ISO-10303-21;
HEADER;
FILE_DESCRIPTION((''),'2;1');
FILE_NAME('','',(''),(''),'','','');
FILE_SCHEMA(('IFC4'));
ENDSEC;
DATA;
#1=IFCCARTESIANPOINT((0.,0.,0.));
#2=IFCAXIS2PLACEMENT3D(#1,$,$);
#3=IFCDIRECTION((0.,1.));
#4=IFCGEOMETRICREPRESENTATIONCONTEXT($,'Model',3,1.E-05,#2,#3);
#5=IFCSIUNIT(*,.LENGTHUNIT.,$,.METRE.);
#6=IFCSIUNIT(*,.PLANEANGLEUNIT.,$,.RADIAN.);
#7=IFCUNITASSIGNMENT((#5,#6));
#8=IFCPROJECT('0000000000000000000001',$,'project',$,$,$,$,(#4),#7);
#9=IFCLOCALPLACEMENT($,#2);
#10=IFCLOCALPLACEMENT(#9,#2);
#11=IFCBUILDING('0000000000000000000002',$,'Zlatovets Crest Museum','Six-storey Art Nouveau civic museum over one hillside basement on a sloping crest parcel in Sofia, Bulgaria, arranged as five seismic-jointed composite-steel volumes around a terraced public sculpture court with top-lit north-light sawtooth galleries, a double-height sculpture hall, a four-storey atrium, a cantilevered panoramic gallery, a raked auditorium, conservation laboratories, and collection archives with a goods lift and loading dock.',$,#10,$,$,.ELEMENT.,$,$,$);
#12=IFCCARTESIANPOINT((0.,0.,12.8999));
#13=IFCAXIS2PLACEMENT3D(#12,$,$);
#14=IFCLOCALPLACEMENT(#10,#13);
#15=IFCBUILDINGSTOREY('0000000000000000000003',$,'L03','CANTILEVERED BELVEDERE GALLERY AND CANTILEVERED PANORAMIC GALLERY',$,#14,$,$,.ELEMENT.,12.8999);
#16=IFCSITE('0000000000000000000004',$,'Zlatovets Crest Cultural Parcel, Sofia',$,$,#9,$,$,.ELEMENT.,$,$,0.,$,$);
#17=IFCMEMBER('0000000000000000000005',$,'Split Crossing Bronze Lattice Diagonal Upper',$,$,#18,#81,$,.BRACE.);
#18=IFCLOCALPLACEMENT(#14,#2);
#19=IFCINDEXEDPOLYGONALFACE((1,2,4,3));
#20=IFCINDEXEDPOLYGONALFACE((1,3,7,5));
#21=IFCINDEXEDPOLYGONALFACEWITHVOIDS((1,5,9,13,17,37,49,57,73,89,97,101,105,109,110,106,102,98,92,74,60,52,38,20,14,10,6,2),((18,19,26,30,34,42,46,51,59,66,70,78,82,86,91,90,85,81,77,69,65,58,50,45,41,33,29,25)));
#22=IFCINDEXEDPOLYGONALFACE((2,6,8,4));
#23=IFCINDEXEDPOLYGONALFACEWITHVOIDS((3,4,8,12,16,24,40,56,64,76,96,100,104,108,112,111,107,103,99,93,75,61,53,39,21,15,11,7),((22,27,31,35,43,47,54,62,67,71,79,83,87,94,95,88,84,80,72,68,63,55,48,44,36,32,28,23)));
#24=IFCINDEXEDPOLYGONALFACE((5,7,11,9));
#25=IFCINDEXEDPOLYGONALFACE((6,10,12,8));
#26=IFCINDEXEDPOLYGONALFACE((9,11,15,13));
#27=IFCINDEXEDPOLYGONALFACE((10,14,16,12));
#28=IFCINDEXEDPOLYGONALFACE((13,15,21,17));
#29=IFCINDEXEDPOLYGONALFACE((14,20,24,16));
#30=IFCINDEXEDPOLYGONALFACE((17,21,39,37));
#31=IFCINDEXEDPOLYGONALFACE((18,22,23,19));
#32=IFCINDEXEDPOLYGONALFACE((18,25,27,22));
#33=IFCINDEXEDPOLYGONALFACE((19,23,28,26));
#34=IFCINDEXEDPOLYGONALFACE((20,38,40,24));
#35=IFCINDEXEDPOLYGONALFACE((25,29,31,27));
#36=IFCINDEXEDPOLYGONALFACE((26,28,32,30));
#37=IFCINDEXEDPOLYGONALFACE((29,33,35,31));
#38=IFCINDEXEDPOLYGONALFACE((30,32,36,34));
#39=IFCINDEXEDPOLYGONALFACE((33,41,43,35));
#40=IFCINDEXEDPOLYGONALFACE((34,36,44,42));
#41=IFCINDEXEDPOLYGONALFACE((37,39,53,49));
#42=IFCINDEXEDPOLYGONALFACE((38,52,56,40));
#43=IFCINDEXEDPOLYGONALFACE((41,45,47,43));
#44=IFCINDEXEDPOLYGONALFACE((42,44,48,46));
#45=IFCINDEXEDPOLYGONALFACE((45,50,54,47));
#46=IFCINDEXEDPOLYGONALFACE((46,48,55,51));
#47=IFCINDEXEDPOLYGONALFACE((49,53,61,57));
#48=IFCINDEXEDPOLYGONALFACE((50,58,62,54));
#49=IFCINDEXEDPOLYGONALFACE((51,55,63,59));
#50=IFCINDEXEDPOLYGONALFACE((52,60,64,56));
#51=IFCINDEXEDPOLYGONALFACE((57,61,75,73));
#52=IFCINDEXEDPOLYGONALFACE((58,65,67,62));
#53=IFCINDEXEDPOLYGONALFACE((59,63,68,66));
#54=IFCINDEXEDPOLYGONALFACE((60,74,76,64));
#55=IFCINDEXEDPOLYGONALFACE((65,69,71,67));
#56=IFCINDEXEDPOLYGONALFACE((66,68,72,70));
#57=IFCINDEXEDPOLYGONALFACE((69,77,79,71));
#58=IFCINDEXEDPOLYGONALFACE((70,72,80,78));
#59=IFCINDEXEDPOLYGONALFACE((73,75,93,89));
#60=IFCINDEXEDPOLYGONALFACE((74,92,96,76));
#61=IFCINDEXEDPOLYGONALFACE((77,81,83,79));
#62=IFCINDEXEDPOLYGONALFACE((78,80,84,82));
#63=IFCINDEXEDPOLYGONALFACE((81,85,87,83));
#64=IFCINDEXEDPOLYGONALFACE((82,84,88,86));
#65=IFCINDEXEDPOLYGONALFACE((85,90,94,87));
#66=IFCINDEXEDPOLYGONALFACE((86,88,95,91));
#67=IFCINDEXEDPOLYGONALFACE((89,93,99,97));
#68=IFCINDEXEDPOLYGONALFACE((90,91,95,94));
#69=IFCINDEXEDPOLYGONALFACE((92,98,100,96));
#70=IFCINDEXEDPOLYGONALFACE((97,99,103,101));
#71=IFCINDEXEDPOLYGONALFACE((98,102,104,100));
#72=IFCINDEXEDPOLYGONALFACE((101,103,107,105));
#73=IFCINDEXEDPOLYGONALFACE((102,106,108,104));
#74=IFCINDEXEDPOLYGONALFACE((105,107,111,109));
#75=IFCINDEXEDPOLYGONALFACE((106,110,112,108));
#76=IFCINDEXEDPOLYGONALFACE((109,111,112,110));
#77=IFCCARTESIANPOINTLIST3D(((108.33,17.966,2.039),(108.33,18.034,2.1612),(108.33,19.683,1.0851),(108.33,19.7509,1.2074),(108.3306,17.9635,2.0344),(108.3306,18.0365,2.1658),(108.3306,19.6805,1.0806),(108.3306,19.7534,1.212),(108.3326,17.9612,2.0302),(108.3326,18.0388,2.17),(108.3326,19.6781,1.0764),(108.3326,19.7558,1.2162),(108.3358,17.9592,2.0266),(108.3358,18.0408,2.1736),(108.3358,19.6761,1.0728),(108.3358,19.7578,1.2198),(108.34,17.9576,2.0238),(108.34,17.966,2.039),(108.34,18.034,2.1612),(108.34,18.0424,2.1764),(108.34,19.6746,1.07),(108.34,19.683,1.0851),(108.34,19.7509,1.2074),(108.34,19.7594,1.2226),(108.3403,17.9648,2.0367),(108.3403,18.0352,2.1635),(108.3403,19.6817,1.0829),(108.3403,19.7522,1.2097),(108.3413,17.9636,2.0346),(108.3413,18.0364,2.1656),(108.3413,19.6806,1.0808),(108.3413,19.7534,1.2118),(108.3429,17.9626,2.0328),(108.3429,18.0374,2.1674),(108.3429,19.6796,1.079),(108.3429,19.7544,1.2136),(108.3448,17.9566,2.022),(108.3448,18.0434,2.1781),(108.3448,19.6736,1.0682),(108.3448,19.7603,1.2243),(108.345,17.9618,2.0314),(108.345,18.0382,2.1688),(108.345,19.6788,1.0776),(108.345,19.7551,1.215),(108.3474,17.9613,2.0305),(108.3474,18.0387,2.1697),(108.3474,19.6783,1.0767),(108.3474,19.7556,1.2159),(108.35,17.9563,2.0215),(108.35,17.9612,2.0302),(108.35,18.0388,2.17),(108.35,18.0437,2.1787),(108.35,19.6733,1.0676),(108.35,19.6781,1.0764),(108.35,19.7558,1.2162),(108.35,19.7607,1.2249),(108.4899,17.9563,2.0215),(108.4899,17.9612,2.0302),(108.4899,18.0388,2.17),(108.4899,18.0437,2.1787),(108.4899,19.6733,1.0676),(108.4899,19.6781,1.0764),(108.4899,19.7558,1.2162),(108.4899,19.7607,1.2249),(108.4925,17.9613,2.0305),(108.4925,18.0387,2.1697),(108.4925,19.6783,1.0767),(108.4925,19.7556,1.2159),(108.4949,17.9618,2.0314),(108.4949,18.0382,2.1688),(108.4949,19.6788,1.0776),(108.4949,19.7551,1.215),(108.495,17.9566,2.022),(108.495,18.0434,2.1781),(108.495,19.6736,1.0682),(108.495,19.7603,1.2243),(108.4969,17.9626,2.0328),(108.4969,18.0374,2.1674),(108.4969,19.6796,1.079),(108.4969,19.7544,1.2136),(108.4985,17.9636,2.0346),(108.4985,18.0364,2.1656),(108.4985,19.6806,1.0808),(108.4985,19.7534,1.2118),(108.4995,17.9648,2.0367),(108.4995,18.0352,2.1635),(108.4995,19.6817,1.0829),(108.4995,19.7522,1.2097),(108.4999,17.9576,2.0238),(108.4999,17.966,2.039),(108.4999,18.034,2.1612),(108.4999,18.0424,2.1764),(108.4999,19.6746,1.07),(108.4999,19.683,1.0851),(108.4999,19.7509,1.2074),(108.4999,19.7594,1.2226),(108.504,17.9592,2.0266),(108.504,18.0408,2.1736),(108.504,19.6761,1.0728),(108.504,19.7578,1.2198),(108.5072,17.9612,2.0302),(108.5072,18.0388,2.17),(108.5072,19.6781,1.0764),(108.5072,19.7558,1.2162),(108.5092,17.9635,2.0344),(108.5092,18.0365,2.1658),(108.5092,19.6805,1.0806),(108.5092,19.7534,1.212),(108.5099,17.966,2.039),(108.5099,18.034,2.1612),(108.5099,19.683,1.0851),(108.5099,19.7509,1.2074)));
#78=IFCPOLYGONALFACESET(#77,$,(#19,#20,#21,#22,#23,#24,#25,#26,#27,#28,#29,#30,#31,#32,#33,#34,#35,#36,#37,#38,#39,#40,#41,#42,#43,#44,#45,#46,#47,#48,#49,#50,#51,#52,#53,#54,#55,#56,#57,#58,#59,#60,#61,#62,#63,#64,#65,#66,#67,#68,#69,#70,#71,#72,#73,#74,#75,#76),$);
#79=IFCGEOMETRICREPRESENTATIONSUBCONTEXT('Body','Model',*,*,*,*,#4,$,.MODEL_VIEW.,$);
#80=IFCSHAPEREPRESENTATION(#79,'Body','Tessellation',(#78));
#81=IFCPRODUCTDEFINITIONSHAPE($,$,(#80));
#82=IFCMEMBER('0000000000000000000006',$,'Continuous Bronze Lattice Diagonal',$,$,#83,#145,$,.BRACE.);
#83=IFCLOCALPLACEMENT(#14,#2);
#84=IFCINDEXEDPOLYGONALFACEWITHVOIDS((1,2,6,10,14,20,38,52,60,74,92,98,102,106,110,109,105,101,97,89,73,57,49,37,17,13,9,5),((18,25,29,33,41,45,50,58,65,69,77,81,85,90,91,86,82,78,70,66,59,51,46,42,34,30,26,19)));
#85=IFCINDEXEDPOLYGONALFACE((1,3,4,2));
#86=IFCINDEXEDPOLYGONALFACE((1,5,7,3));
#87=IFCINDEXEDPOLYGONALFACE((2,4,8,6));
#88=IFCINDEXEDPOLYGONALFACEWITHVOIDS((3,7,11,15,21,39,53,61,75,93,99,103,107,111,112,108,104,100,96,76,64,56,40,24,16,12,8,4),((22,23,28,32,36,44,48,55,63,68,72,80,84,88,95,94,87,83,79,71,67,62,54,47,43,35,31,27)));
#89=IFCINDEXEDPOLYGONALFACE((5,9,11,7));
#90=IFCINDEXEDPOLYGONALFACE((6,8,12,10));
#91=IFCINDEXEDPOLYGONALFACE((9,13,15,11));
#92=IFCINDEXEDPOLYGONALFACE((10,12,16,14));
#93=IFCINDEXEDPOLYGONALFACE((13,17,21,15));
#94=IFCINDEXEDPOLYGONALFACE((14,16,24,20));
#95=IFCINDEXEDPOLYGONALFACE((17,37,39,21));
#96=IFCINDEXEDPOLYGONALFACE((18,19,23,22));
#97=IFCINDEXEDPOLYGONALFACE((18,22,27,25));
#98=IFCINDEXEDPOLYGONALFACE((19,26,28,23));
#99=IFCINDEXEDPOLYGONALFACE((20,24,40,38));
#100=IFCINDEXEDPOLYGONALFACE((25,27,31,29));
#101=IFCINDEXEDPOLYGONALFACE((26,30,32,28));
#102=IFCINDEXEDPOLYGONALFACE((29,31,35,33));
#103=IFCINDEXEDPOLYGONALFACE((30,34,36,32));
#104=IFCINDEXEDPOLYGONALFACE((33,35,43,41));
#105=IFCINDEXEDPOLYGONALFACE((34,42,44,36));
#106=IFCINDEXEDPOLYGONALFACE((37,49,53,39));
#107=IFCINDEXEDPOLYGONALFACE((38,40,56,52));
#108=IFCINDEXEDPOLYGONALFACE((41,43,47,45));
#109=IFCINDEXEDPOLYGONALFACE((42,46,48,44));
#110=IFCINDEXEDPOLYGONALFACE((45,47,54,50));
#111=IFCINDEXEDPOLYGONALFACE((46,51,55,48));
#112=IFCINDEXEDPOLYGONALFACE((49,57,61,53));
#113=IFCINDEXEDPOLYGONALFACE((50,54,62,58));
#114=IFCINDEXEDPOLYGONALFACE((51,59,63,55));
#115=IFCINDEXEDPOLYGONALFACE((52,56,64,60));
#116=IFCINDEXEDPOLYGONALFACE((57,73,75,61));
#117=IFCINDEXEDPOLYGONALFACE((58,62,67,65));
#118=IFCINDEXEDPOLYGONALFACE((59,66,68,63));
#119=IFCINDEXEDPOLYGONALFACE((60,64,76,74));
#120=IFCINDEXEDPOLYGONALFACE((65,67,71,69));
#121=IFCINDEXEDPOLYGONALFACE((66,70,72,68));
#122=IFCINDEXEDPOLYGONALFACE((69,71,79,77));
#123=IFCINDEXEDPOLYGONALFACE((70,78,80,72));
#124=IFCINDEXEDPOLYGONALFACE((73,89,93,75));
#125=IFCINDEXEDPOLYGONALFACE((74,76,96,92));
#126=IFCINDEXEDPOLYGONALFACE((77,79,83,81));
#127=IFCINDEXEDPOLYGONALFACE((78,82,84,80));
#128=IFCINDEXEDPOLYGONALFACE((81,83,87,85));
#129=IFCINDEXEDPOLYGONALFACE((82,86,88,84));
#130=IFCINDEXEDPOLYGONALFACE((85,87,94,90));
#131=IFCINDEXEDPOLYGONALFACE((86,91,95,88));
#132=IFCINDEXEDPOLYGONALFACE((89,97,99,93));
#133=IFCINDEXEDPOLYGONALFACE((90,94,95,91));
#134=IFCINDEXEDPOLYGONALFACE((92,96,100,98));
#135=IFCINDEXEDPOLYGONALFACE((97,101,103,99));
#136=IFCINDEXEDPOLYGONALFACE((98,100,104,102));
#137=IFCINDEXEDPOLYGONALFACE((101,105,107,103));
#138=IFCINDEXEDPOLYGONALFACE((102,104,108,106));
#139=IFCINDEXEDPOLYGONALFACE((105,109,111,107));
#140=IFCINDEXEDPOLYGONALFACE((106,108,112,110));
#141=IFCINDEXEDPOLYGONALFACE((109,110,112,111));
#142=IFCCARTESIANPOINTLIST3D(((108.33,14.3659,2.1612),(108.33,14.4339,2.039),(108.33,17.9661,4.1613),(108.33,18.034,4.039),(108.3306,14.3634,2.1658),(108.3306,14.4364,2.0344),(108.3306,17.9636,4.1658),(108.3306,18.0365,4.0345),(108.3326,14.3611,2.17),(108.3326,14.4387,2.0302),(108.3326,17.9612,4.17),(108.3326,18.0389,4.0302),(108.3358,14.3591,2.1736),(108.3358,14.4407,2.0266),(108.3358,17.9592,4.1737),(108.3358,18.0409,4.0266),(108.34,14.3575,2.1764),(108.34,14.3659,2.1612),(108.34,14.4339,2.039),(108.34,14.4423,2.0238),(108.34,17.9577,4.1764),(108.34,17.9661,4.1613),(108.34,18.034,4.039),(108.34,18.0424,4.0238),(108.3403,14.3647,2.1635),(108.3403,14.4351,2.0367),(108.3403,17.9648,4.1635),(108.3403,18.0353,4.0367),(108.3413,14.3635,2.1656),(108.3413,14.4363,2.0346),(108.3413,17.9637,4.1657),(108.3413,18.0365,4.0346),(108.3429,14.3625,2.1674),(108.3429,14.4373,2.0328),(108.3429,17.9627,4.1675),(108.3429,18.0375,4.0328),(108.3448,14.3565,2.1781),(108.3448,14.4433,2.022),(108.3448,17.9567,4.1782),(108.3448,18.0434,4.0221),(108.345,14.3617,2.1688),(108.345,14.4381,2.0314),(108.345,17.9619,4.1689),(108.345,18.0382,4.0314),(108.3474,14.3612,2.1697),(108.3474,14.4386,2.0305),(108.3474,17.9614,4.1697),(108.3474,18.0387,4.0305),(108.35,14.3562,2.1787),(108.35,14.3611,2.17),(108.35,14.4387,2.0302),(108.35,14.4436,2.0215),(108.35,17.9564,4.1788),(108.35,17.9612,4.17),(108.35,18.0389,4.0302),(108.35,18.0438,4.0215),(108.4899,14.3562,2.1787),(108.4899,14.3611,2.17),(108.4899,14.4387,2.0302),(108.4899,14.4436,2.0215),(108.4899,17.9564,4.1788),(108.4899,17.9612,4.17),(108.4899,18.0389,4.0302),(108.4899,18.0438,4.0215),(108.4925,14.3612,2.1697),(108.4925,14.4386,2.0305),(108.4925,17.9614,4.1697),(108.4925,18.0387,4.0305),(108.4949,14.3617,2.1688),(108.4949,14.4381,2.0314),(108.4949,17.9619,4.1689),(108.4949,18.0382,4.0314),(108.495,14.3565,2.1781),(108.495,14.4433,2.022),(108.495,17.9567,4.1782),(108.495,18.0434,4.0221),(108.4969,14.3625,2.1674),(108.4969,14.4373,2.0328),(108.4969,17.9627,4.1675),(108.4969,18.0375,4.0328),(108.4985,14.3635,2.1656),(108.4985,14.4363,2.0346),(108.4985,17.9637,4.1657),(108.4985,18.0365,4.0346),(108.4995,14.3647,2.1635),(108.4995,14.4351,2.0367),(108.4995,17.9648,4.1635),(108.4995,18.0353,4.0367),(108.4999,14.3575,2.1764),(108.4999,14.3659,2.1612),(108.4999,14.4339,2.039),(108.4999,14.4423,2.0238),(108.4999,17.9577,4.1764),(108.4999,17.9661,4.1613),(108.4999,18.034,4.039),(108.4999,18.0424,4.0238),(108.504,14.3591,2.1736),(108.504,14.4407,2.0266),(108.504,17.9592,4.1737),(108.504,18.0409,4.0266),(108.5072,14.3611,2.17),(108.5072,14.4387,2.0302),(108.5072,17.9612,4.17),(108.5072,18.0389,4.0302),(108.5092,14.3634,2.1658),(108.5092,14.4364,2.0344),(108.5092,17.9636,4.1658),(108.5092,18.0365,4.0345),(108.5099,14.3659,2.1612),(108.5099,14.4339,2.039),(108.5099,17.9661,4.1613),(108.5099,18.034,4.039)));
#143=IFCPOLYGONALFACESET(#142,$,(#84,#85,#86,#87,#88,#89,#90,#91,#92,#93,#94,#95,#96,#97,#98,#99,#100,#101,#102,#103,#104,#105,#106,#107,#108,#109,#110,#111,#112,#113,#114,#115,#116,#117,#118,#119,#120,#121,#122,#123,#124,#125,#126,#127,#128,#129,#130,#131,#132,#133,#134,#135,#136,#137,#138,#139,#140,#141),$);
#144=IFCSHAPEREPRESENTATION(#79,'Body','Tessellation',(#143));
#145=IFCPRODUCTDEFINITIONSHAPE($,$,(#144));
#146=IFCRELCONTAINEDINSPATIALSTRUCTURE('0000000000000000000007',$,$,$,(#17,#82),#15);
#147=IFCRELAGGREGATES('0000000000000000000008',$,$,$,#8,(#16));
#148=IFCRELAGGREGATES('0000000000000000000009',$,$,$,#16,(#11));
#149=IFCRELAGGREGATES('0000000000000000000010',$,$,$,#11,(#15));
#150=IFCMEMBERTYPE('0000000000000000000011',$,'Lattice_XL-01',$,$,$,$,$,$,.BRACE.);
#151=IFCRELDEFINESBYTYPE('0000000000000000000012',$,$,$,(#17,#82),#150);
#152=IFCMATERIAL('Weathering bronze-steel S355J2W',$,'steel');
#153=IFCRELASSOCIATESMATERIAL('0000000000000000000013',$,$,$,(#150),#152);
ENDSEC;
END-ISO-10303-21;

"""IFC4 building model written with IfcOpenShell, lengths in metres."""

from ifc_helpers import new_model, si_unit, direction, frame, origin, origin_2d, place, context, subcontext, project, spatial, hollow_rectangle, extrude, material, material_profile, profile_set, type_object, element, save


model = new_model("IFC4")

# Units and contexts
model_context = context("Model", 3, precision=1e-05, world=origin(), true_north=direction((0.0, 1.0)))
body_context = subcontext(model_context, "Body", "Model", "MODEL_VIEW")
ifc_project = project(units=[si_unit("LENGTHUNIT", "METRE"), si_unit("PLANEANGLEUNIT", "RADIAN")], contexts=[model_context])

# Site, building, storey
site_placement = place(None, origin())
site = spatial("IfcSite", under=ifc_project, at=site_placement, Name="Zlatovets Crest Cultural Parcel, Sofia", CompositionType="ELEMENT", RefElevation=0.0)
building_placement = place(site_placement, origin())
building = spatial("IfcBuilding", under=site, at=building_placement, Name="Zlatovets Crest Museum", Description="Six-storey Art Nouveau civic museum over one hillside basement on a sloping crest parcel in Sofia, Bulgaria, arranged as five seismic-jointed composite-steel volumes around a terraced public sculpture court with top-lit north-light sawtooth galleries, a double-height sculpture hall, a four-storey atrium, a cantilevered panoramic gallery, a raked auditorium, conservation laboratories, and collection archives with a goods lift and loading dock.", CompositionType="ELEMENT")
storey_placement = place(building_placement, frame((0.0, 0.0, 12.8999)))
storey = spatial("IfcBuildingStorey", under=building, at=storey_placement, Name="L03", Description="CANTILEVERED BELVEDERE GALLERY AND CANTILEVERED PANORAMIC GALLERY", CompositionType="ELEMENT", Elevation=12.8999)

# Members
ifc_material_1 = material(Name="Weathering bronze-steel S355J2W", Category="steel")
ifc_material_profile_1 = material_profile(ifc_material_1, hollow_rectangle(XDim=0.1799, YDim=0.1799, WallThickness=0.01, InnerFilletRadius=0.01, OuterFilletRadius=0.02, at=origin_2d()), Name="SHS 180x180x10.0")
ifc_profile_set_1 = profile_set([ifc_material_profile_1], Name="Weathering bronze-steel S355J2W")
member_type_1 = type_object("IfcMemberType", Name="Lattice_XL-01", PredefinedType="BRACE", material=ifc_profile_set_1)
member_1_placement = place(storey_placement, frame((108.4199, 18.0, 2.1001), z_axis=(0.0, 0.874169, -0.485622), x_axis=(-1.0, 0.0, 0.0)))
element("IfcMember", 1, at=member_1_placement, inside=storey, type_object=member_type_1, Name="Split Crossing Bronze Lattice Diagonal Upper", PredefinedType="BRACE", context=body_context, shape_type="SweptSolid", body=[
    extrude(hollow_rectangle(XDim=0.1799, YDim=0.1799, WallThickness=0.01, InnerFilletRadius=0.01, OuterFilletRadius=0.02, at=origin_2d()), origin(), (0.0, 0.0, 1.0), 1.9641),
])
member_2_placement = place(storey_placement, frame((108.4199, 14.3999, 2.1001), z_axis=(0.0, 0.874163, 0.485633), x_axis=(-1.0, 0.0, 0.0)))
element("IfcMember", 2, at=member_2_placement, inside=storey, type_object=member_type_1, Name="Continuous Bronze Lattice Diagonal", PredefinedType="BRACE", context=body_context, shape_type="SweptSolid", body=[
    extrude(hollow_rectangle(XDim=0.1799, YDim=0.1799, WallThickness=0.01, InnerFilletRadius=0.01, OuterFilletRadius=0.02, at=origin_2d()), origin(), (0.0, 0.0, 1.0), 4.1184),
])

save(model, "model.ifc")
